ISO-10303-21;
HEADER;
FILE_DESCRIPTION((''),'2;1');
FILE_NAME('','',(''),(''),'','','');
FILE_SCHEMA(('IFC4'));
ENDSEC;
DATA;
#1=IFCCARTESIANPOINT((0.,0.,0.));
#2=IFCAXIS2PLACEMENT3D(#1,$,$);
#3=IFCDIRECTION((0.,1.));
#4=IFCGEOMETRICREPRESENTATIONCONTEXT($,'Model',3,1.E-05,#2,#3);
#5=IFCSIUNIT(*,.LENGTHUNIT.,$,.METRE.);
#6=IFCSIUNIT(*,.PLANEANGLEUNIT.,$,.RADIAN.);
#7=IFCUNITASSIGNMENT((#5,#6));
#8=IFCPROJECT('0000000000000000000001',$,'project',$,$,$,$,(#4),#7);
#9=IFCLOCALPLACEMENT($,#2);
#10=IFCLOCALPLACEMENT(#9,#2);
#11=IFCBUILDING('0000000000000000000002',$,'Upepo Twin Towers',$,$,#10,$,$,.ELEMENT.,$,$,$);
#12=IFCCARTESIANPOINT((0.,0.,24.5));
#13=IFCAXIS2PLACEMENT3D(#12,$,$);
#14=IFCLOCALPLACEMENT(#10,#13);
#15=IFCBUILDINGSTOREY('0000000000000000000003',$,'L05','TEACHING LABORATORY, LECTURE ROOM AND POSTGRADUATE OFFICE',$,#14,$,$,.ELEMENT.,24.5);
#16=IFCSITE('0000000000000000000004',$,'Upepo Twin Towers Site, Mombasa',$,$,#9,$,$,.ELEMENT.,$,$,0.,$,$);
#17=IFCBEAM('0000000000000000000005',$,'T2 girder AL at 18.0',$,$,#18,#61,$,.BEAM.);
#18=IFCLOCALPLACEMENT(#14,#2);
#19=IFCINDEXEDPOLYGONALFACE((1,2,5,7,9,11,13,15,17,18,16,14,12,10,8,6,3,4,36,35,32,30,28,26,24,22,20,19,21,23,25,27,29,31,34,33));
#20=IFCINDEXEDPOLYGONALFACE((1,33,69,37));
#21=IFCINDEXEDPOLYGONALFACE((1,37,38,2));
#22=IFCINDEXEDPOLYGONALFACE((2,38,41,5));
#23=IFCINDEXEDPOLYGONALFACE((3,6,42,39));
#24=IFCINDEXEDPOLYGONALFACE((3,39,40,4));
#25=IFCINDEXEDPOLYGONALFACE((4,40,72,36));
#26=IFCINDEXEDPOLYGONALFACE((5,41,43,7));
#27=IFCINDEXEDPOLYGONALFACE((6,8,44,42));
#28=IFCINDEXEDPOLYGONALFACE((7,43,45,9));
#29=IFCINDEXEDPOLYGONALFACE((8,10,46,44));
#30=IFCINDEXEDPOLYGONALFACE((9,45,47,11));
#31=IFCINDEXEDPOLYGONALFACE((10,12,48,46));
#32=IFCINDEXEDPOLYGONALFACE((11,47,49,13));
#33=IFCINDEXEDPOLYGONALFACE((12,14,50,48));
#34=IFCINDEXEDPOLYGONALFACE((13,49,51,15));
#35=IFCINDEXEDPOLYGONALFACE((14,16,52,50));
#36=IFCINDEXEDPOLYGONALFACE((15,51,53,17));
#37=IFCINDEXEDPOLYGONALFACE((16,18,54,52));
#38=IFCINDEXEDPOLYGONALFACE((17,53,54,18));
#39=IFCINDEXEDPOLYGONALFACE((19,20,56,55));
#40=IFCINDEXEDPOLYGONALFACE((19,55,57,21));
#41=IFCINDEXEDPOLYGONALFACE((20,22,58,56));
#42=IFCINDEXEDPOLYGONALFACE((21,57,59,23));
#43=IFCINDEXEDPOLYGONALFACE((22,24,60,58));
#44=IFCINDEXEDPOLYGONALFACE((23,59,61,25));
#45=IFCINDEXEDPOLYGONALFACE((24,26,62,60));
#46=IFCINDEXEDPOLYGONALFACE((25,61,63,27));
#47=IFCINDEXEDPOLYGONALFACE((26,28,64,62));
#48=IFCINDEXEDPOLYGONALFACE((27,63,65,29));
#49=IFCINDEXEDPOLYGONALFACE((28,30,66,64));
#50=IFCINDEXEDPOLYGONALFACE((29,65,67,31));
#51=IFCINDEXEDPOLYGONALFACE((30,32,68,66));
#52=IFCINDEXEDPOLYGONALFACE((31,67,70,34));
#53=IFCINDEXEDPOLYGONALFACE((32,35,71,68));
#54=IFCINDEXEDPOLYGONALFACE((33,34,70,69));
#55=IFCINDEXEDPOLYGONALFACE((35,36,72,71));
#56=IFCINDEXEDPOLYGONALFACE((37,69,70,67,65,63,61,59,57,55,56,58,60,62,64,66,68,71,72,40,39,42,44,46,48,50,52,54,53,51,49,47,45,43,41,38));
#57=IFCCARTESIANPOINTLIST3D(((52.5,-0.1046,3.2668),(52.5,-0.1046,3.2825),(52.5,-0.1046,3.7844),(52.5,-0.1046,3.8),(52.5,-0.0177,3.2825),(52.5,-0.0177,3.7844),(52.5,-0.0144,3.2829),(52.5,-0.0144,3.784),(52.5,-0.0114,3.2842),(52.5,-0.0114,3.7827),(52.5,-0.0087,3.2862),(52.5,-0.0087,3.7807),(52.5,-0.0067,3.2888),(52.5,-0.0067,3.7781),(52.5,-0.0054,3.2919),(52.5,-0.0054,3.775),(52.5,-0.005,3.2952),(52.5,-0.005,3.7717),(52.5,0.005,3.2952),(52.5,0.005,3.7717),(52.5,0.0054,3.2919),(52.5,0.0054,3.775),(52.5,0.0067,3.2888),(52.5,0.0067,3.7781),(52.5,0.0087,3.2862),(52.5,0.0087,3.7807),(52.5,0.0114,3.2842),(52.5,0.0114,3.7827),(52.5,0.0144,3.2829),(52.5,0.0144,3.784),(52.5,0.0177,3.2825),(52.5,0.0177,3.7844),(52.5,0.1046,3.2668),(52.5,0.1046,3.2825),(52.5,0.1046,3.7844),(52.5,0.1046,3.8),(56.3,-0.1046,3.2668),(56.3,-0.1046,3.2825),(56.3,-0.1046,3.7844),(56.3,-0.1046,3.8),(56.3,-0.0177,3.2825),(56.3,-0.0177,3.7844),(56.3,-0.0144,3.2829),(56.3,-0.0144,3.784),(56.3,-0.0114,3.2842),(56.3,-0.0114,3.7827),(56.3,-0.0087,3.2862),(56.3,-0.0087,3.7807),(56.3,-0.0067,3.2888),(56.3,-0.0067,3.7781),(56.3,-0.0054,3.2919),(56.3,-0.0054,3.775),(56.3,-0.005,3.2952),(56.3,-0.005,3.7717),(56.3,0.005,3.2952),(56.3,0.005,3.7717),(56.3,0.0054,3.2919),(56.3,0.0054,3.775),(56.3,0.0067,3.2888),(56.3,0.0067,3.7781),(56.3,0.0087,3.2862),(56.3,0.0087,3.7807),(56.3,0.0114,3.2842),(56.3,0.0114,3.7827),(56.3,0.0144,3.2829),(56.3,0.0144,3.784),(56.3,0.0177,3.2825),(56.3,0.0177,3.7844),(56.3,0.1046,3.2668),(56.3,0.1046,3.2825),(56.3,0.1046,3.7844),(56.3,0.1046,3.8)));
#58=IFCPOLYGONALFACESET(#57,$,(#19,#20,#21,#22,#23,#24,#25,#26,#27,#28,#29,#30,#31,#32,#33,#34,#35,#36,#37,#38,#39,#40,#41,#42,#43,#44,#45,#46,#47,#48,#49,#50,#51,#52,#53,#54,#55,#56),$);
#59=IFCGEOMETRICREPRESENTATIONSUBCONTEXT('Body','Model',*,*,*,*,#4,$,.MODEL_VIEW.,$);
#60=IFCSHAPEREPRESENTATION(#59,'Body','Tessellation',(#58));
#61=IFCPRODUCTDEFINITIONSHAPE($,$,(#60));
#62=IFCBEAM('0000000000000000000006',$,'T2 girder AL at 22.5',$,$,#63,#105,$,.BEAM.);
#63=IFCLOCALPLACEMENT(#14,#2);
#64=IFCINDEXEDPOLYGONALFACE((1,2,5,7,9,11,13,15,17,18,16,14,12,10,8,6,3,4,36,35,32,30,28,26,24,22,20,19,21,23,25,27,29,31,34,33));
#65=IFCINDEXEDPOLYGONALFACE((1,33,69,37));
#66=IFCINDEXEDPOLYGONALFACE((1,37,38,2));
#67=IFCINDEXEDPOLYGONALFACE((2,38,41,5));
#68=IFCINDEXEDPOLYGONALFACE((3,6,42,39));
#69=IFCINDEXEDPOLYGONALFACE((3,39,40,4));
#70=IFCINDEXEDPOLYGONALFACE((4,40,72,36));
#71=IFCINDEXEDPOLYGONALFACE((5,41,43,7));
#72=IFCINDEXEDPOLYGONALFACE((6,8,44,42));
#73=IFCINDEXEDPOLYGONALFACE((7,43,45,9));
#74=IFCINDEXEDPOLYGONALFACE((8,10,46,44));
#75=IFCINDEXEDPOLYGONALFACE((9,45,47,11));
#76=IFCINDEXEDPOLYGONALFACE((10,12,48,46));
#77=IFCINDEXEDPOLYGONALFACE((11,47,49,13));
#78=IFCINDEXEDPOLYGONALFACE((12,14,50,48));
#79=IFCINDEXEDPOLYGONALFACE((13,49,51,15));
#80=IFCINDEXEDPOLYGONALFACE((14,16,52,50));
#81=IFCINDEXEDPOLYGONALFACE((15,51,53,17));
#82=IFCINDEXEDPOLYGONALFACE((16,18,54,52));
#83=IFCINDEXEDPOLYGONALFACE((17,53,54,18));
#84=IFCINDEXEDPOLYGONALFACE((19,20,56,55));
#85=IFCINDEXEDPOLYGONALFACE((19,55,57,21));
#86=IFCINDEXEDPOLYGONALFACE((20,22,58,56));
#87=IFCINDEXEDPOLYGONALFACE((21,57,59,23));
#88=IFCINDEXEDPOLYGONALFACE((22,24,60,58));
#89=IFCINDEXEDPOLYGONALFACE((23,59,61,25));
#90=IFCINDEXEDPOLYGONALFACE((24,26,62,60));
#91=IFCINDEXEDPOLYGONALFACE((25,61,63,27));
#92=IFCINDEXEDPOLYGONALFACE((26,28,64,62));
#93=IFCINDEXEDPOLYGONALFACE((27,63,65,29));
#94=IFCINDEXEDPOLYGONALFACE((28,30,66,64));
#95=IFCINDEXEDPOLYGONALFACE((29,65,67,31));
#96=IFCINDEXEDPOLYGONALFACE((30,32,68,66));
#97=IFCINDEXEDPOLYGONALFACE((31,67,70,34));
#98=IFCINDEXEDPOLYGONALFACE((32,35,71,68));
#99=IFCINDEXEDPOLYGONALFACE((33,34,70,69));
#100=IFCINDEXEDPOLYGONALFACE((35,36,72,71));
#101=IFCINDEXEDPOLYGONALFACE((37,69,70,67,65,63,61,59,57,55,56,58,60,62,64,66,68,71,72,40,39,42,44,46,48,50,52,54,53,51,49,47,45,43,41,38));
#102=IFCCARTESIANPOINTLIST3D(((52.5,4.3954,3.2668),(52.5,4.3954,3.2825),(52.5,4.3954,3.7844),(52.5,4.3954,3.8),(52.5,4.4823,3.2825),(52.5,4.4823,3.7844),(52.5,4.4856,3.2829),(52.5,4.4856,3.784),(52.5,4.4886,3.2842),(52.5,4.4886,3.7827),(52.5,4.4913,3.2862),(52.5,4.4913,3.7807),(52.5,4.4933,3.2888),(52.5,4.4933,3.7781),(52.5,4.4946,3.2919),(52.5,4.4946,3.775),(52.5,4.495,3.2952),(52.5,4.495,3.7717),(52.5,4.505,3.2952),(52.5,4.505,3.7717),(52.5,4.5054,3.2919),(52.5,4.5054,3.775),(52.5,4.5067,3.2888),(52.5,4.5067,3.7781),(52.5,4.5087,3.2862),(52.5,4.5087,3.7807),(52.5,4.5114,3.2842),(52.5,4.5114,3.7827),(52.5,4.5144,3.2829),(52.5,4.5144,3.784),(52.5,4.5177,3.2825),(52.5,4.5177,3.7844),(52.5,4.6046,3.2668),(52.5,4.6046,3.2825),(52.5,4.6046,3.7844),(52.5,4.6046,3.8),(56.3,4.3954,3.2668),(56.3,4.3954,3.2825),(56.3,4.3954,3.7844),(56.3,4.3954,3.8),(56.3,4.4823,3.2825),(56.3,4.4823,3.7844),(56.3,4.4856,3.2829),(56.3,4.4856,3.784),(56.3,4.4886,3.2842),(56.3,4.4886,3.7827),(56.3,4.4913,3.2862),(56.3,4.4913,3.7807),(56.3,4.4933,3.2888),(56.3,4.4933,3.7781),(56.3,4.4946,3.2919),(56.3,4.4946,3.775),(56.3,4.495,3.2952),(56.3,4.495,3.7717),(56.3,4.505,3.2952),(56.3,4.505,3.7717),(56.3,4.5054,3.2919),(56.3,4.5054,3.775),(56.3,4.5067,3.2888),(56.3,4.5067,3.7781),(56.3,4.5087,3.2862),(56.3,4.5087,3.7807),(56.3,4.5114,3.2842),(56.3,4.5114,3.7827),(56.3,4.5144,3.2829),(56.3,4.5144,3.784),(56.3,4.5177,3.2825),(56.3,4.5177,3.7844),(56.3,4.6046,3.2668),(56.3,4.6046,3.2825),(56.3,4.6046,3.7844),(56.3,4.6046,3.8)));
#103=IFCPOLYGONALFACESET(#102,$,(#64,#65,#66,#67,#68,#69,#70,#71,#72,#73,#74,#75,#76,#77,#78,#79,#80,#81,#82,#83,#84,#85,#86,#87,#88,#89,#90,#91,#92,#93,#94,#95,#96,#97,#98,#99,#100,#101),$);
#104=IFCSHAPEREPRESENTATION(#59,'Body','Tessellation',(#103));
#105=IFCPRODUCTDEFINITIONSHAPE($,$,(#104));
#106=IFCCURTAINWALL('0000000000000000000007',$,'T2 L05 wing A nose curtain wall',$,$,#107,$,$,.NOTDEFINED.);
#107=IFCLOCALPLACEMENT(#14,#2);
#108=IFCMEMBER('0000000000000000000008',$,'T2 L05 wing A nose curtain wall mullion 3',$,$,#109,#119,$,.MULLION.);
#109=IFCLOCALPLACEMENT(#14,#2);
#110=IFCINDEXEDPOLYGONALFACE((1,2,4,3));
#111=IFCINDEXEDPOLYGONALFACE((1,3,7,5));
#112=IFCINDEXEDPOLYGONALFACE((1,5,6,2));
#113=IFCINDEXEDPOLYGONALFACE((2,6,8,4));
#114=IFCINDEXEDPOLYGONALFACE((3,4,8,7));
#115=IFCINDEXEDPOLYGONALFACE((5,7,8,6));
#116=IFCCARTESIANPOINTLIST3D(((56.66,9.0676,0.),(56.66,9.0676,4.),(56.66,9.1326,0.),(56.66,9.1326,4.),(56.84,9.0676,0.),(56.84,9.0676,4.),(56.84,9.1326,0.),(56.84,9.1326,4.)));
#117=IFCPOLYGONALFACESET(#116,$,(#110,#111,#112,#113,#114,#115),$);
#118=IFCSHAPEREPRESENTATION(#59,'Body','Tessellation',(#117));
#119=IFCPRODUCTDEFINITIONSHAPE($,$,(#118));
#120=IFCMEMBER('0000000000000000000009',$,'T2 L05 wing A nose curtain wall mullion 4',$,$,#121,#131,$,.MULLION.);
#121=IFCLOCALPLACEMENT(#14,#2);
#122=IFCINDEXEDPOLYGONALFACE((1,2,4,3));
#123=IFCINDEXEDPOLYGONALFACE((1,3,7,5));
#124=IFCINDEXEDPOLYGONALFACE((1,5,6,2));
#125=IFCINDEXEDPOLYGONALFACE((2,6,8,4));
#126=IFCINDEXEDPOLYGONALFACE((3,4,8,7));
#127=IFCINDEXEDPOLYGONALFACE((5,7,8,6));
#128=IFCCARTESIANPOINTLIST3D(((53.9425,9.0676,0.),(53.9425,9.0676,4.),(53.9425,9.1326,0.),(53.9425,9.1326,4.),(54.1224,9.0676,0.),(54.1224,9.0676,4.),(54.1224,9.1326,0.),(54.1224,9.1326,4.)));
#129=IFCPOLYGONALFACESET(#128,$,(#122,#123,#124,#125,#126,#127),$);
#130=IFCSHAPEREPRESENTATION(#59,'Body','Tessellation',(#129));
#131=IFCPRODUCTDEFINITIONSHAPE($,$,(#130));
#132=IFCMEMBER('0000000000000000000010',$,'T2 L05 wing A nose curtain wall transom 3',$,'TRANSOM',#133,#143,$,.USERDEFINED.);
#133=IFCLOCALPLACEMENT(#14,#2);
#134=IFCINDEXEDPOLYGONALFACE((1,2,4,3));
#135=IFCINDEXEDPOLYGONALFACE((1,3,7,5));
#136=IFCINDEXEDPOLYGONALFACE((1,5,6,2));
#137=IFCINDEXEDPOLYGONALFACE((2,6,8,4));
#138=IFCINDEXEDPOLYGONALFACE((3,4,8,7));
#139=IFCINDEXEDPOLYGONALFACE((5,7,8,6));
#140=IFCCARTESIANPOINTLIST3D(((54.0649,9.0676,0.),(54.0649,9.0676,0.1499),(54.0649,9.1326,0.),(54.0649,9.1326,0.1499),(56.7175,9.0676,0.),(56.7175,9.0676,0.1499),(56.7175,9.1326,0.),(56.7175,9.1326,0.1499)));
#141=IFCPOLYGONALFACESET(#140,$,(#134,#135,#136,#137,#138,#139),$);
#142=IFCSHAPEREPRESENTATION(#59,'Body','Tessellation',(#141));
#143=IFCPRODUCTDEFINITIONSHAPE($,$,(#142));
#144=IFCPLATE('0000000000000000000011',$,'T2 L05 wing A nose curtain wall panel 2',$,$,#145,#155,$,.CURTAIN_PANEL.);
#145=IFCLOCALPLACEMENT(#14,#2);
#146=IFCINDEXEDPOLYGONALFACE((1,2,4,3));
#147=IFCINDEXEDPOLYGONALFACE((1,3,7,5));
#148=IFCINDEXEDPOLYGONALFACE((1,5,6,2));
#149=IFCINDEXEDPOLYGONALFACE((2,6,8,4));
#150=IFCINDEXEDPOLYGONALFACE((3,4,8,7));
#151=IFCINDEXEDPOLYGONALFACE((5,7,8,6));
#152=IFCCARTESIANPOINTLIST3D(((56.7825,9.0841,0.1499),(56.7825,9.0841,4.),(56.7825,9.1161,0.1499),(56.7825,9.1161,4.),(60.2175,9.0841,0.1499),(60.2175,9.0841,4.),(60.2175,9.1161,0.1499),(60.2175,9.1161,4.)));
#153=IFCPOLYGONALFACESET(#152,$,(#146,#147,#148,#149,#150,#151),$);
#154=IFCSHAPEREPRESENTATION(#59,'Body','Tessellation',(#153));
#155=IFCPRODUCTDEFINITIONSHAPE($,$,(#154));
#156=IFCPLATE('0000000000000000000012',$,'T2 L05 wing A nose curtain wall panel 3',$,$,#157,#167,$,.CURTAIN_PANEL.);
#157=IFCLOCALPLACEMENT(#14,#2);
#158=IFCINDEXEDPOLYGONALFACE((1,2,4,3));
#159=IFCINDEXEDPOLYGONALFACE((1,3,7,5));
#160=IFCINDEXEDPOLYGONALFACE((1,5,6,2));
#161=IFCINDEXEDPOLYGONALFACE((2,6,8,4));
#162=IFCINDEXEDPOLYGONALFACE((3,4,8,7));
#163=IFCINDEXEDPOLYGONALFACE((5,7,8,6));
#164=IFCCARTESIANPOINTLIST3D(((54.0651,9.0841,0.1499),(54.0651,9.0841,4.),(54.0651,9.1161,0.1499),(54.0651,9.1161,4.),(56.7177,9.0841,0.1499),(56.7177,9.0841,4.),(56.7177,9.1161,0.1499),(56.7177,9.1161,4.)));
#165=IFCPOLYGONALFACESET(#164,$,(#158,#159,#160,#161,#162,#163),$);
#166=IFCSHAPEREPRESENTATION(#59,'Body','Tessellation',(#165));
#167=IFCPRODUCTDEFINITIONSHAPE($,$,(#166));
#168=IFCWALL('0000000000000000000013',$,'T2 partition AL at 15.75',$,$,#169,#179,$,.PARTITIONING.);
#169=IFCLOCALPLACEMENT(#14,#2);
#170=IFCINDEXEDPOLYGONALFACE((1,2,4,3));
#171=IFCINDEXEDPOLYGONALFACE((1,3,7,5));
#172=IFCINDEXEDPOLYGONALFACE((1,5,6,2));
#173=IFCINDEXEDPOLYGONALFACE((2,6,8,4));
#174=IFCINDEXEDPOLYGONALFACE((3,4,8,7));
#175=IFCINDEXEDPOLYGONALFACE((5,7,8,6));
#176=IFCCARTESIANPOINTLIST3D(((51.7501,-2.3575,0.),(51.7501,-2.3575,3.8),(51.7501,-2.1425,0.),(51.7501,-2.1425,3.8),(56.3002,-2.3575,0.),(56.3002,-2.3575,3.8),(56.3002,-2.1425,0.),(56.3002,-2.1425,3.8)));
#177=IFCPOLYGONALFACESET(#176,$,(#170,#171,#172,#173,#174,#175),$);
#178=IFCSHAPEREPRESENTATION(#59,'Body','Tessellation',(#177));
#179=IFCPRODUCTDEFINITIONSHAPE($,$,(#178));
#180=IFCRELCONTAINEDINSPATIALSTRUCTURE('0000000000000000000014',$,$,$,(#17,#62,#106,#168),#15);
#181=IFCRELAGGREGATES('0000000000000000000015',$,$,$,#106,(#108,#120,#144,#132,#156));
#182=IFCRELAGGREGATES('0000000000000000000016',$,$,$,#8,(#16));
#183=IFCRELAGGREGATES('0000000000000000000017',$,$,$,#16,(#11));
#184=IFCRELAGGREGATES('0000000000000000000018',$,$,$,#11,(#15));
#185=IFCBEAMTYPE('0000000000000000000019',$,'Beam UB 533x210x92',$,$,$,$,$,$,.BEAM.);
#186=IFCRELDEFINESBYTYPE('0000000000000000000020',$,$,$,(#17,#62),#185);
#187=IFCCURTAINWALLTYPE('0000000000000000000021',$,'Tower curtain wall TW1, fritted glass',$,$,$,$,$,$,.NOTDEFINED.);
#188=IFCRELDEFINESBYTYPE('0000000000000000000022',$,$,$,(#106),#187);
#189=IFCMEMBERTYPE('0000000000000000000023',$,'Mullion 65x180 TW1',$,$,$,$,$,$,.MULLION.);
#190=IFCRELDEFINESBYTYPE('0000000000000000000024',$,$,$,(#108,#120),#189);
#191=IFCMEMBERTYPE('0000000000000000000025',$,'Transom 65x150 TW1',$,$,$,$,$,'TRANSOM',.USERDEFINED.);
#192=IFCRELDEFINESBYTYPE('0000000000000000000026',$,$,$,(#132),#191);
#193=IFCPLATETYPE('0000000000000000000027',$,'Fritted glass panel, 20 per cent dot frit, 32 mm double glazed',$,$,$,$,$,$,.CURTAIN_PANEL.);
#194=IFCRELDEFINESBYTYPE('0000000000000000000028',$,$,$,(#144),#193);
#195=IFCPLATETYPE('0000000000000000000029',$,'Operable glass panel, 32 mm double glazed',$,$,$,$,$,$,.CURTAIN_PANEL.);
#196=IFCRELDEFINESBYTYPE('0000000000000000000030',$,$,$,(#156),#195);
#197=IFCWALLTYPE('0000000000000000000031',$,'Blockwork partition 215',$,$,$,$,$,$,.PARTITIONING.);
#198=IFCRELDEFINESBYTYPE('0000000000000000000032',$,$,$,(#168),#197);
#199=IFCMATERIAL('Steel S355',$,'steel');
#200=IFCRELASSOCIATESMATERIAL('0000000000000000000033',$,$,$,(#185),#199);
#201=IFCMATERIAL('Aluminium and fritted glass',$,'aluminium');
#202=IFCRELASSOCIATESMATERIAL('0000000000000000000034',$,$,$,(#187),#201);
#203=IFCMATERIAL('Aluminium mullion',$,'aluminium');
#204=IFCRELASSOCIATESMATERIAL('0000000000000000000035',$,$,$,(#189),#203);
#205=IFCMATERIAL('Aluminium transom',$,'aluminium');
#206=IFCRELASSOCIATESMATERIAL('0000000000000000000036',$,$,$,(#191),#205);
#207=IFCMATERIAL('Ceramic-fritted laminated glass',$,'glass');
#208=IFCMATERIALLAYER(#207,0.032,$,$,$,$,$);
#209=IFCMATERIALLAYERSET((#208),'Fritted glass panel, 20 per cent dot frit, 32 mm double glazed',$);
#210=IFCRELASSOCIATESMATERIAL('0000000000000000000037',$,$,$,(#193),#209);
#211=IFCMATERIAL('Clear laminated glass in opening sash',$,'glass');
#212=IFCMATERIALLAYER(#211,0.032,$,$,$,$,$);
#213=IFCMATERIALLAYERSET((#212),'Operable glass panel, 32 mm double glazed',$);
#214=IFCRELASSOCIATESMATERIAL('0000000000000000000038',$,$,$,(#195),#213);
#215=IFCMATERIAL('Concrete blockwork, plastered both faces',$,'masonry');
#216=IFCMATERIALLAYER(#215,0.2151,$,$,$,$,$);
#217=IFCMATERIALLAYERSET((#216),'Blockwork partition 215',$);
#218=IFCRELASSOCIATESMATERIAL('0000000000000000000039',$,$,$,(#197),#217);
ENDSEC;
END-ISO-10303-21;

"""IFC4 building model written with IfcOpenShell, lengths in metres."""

from ifc_helpers import new_model, si_unit, direction, frame, frame_2d, origin, origin_2d, place, context, subcontext, project, spatial, rectangle, i_section, extrude, material, layer, layer_set, material_profile, profile_set, type_object, element, aggregate, save


model = new_model("IFC4")

# Units and contexts
model_context = context("Model", 3, precision=1e-05, world=origin(), true_north=direction((0.0, 1.0)))
body_context = subcontext(model_context, "Body", "Model", "MODEL_VIEW")
ifc_project = project(units=[si_unit("LENGTHUNIT", "METRE"), si_unit("PLANEANGLEUNIT", "RADIAN")], contexts=[model_context])

# Site, building, storey
site_placement = place(None, origin())
site = spatial("IfcSite", under=ifc_project, at=site_placement, Name="Upepo Twin Towers Site, Mombasa", CompositionType="ELEMENT", RefElevation=0.0)
building_placement = place(site_placement, origin())
building = spatial("IfcBuilding", under=site, at=building_placement, Name="Upepo Twin Towers", CompositionType="ELEMENT")
storey_placement = place(building_placement, frame((0.0, 0.0, 24.5)))
storey = spatial("IfcBuildingStorey", under=building, at=storey_placement, Name="L05", Description="TEACHING LABORATORY, LECTURE ROOM AND POSTGRADUATE OFFICE", CompositionType="ELEMENT", Elevation=24.5)

# Beams
ifc_material_1 = material(Name="Steel S355", Category="steel")
ifc_material_profile_1 = material_profile(ifc_material_1, i_section(OverallWidth=0.2092, OverallDepth=0.5332, WebThickness=0.01, FlangeThickness=0.0156, FilletRadius=0.0127, at=origin_2d()), Name="UB 533x210x92")
ifc_profile_set_1 = profile_set([ifc_material_profile_1], Name="Steel S355")
beam_type_1 = type_object("IfcBeamType", Name="Beam UB 533x210x92", PredefinedType="BEAM", material=ifc_profile_set_1)
for number, where, z_axis, x_axis, name in (
    (1, (52.5, 0.0, 3.5334), (1.0, 0.0, 0.0), (0.0, 1.0, 0.0), "T2 girder AL at 18.0"),
    (2, (52.5, 4.5, 3.5334), (1.0, 0.0, 0.0), (0.0, 1.0, 0.0), "T2 girder AL at 22.5"),
):
    element("IfcBeam", number, at=place(storey_placement, frame(where, z_axis=z_axis, x_axis=x_axis)), inside=storey, type_object=beam_type_1, Name=name, PredefinedType="BEAM", context=body_context, shape_type="SweptSolid", body=[
        extrude(i_section(OverallWidth=0.2092, OverallDepth=0.5332, WebThickness=0.01, FlangeThickness=0.0156, FilletRadius=0.0127, at=origin_2d()), origin(), (0.0, 0.0, 1.0), 3.8),
    ])

# Curtain wall, members, plates
ifc_material_2 = material(Name="Aluminium and fritted glass", Category="aluminium")
curtain_wall_type = type_object("IfcCurtainWallType", Name="Tower curtain wall TW1, fritted glass", PredefinedType="NOTDEFINED", material=ifc_material_2)
curtain_wall_placement = place(storey_placement, origin())
curtain_wall = element("IfcCurtainWall", 3, at=curtain_wall_placement, inside=storey, type_object=curtain_wall_type, Name="T2 L05 wing A nose curtain wall", PredefinedType="NOTDEFINED")
ifc_material_3 = material(Name="Aluminium mullion", Category="aluminium")
ifc_material_profile_2 = material_profile(ifc_material_3, rectangle(XDim=0.0649, YDim=0.1799, at=origin_2d()), Name="MULLION 65x180")
ifc_profile_set_2 = profile_set([ifc_material_profile_2], Name="Aluminium mullion")
member_type_1 = type_object("IfcMemberType", Name="Mullion 65x180 TW1", PredefinedType="MULLION", material=ifc_profile_set_2)
member_1_placement = place(storey_placement, frame((56.75, 9.1001, 0.0), z_axis=(0.0, 0.0, 1.0), x_axis=(0.0, -1.0, 0.0)))
member_1 = element("IfcMember", 4, at=member_1_placement, type_object=member_type_1, Name="T2 L05 wing A nose curtain wall mullion 3", PredefinedType="MULLION", context=body_context, shape_type="SweptSolid", body=[
    extrude(rectangle(XDim=0.0649, YDim=0.1799, at=origin_2d()), origin(), (0.0, 0.0, 1.0), 4.0),
])
member_2_placement = place(storey_placement, frame((54.0325, 9.1001, 0.0), z_axis=(0.0, 0.0, 1.0), x_axis=(0.0, -1.0, 0.0)))
member_2 = element("IfcMember", 5, at=member_2_placement, type_object=member_type_1, Name="T2 L05 wing A nose curtain wall mullion 4", PredefinedType="MULLION", context=body_context, shape_type="SweptSolid", body=[
    extrude(rectangle(XDim=0.0649, YDim=0.1799, at=origin_2d()), origin(), (0.0, 0.0, 1.0), 4.0),
])
ifc_material_4 = material(Name="Aluminium transom", Category="aluminium")
ifc_material_profile_3 = material_profile(ifc_material_4, rectangle(XDim=0.0649, YDim=0.1499, at=origin_2d()), Name="TRANSOM 65x150")
ifc_profile_set_3 = profile_set([ifc_material_profile_3], Name="Aluminium transom")
member_type_2 = type_object("IfcMemberType", Name="Transom 65x150 TW1", ElementType="TRANSOM", PredefinedType="USERDEFINED", material=ifc_profile_set_3)
member_3_placement = place(storey_placement, frame((56.7175, 9.1001, 0.075), z_axis=(-1.0, 0.0, 0.0), x_axis=(0.0, -1.0, 0.0)))
member_3 = element("IfcMember", 6, at=member_3_placement, type_object=member_type_2, Name="T2 L05 wing A nose curtain wall transom 3", ObjectType="TRANSOM", PredefinedType="USERDEFINED", context=body_context, shape_type="SweptSolid", body=[
    extrude(rectangle(XDim=0.0649, YDim=0.1499, at=origin_2d()), origin(), (0.0, 0.0, 1.0), 2.6526),
])
ifc_material_5 = material(Name="Ceramic-fritted laminated glass", Category="glass")
ifc_layer_1 = layer(ifc_material_5, 0.032)
ifc_layer_set_1 = layer_set([ifc_layer_1], Name="Fritted glass panel, 20 per cent dot frit, 32 mm double glazed")
plate_type_1 = type_object("IfcPlateType", Name="Fritted glass panel, 20 per cent dot frit, 32 mm double glazed", PredefinedType="CURTAIN_PANEL", material=ifc_layer_set_1)
plate_1_placement = place(storey_placement, frame((58.5, 9.1001, 0.1499), z_axis=(0.0, 0.0, 1.0), x_axis=(-1.0, 0.0, 0.0)))
plate_1 = element("IfcPlate", 7, at=plate_1_placement, type_object=plate_type_1, Name="T2 L05 wing A nose curtain wall panel 2", PredefinedType="CURTAIN_PANEL", context=body_context, shape_type="SweptSolid", body=[
    extrude(rectangle(XDim=3.4351, YDim=0.032, at=origin_2d()), origin(), (0.0, 0.0, 1.0), 3.8501),
])
ifc_material_6 = material(Name="Clear laminated glass in opening sash", Category="glass")
ifc_layer_2 = layer(ifc_material_6, 0.032)
ifc_layer_set_2 = layer_set([ifc_layer_2], Name="Operable glass panel, 32 mm double glazed")
plate_type_2 = type_object("IfcPlateType", Name="Operable glass panel, 32 mm double glazed", PredefinedType="CURTAIN_PANEL", material=ifc_layer_set_2)
plate_2_placement = place(storey_placement, frame((55.3914, 9.1001, 0.1499), z_axis=(0.0, 0.0, 1.0), x_axis=(-1.0, 0.0, 0.0)))
plate_2 = element("IfcPlate", 8, at=plate_2_placement, type_object=plate_type_2, Name="T2 L05 wing A nose curtain wall panel 3", PredefinedType="CURTAIN_PANEL", context=body_context, shape_type="SweptSolid", body=[
    extrude(rectangle(XDim=2.6526, YDim=0.032, at=origin_2d()), origin(), (0.0, 0.0, 1.0), 3.8501),
])
aggregate(curtain_wall, [member_1, member_2, plate_1, member_3, plate_2])

# Wall
ifc_material_7 = material(Name="Concrete blockwork, plastered both faces", Category="masonry")
ifc_layer_3 = layer(ifc_material_7, 0.2151)
ifc_layer_set_3 = layer_set([ifc_layer_3], Name="Blockwork partition 215")
wall_type_1 = type_object("IfcWallType", Name="Blockwork partition 215", PredefinedType="PARTITIONING", material=ifc_layer_set_3)
wall_1_placement = place(storey_placement, frame((56.3, -2.25, 0.0), z_axis=(0.0, 0.0, 1.0), x_axis=(-1.0, 0.0, 0.0)))
element("IfcWall", 9, at=wall_1_placement, inside=storey, type_object=wall_type_1, Name="T2 partition AL at 15.75", PredefinedType="PARTITIONING", context=body_context, shape_type="SweptSolid", body=[
    extrude(rectangle(XDim=4.55, YDim=0.2151, at=frame_2d((2.2749, 0.0))), origin(), (0.0, 0.0, 1.0), 3.8),
])

save(model, "model.ifc")
